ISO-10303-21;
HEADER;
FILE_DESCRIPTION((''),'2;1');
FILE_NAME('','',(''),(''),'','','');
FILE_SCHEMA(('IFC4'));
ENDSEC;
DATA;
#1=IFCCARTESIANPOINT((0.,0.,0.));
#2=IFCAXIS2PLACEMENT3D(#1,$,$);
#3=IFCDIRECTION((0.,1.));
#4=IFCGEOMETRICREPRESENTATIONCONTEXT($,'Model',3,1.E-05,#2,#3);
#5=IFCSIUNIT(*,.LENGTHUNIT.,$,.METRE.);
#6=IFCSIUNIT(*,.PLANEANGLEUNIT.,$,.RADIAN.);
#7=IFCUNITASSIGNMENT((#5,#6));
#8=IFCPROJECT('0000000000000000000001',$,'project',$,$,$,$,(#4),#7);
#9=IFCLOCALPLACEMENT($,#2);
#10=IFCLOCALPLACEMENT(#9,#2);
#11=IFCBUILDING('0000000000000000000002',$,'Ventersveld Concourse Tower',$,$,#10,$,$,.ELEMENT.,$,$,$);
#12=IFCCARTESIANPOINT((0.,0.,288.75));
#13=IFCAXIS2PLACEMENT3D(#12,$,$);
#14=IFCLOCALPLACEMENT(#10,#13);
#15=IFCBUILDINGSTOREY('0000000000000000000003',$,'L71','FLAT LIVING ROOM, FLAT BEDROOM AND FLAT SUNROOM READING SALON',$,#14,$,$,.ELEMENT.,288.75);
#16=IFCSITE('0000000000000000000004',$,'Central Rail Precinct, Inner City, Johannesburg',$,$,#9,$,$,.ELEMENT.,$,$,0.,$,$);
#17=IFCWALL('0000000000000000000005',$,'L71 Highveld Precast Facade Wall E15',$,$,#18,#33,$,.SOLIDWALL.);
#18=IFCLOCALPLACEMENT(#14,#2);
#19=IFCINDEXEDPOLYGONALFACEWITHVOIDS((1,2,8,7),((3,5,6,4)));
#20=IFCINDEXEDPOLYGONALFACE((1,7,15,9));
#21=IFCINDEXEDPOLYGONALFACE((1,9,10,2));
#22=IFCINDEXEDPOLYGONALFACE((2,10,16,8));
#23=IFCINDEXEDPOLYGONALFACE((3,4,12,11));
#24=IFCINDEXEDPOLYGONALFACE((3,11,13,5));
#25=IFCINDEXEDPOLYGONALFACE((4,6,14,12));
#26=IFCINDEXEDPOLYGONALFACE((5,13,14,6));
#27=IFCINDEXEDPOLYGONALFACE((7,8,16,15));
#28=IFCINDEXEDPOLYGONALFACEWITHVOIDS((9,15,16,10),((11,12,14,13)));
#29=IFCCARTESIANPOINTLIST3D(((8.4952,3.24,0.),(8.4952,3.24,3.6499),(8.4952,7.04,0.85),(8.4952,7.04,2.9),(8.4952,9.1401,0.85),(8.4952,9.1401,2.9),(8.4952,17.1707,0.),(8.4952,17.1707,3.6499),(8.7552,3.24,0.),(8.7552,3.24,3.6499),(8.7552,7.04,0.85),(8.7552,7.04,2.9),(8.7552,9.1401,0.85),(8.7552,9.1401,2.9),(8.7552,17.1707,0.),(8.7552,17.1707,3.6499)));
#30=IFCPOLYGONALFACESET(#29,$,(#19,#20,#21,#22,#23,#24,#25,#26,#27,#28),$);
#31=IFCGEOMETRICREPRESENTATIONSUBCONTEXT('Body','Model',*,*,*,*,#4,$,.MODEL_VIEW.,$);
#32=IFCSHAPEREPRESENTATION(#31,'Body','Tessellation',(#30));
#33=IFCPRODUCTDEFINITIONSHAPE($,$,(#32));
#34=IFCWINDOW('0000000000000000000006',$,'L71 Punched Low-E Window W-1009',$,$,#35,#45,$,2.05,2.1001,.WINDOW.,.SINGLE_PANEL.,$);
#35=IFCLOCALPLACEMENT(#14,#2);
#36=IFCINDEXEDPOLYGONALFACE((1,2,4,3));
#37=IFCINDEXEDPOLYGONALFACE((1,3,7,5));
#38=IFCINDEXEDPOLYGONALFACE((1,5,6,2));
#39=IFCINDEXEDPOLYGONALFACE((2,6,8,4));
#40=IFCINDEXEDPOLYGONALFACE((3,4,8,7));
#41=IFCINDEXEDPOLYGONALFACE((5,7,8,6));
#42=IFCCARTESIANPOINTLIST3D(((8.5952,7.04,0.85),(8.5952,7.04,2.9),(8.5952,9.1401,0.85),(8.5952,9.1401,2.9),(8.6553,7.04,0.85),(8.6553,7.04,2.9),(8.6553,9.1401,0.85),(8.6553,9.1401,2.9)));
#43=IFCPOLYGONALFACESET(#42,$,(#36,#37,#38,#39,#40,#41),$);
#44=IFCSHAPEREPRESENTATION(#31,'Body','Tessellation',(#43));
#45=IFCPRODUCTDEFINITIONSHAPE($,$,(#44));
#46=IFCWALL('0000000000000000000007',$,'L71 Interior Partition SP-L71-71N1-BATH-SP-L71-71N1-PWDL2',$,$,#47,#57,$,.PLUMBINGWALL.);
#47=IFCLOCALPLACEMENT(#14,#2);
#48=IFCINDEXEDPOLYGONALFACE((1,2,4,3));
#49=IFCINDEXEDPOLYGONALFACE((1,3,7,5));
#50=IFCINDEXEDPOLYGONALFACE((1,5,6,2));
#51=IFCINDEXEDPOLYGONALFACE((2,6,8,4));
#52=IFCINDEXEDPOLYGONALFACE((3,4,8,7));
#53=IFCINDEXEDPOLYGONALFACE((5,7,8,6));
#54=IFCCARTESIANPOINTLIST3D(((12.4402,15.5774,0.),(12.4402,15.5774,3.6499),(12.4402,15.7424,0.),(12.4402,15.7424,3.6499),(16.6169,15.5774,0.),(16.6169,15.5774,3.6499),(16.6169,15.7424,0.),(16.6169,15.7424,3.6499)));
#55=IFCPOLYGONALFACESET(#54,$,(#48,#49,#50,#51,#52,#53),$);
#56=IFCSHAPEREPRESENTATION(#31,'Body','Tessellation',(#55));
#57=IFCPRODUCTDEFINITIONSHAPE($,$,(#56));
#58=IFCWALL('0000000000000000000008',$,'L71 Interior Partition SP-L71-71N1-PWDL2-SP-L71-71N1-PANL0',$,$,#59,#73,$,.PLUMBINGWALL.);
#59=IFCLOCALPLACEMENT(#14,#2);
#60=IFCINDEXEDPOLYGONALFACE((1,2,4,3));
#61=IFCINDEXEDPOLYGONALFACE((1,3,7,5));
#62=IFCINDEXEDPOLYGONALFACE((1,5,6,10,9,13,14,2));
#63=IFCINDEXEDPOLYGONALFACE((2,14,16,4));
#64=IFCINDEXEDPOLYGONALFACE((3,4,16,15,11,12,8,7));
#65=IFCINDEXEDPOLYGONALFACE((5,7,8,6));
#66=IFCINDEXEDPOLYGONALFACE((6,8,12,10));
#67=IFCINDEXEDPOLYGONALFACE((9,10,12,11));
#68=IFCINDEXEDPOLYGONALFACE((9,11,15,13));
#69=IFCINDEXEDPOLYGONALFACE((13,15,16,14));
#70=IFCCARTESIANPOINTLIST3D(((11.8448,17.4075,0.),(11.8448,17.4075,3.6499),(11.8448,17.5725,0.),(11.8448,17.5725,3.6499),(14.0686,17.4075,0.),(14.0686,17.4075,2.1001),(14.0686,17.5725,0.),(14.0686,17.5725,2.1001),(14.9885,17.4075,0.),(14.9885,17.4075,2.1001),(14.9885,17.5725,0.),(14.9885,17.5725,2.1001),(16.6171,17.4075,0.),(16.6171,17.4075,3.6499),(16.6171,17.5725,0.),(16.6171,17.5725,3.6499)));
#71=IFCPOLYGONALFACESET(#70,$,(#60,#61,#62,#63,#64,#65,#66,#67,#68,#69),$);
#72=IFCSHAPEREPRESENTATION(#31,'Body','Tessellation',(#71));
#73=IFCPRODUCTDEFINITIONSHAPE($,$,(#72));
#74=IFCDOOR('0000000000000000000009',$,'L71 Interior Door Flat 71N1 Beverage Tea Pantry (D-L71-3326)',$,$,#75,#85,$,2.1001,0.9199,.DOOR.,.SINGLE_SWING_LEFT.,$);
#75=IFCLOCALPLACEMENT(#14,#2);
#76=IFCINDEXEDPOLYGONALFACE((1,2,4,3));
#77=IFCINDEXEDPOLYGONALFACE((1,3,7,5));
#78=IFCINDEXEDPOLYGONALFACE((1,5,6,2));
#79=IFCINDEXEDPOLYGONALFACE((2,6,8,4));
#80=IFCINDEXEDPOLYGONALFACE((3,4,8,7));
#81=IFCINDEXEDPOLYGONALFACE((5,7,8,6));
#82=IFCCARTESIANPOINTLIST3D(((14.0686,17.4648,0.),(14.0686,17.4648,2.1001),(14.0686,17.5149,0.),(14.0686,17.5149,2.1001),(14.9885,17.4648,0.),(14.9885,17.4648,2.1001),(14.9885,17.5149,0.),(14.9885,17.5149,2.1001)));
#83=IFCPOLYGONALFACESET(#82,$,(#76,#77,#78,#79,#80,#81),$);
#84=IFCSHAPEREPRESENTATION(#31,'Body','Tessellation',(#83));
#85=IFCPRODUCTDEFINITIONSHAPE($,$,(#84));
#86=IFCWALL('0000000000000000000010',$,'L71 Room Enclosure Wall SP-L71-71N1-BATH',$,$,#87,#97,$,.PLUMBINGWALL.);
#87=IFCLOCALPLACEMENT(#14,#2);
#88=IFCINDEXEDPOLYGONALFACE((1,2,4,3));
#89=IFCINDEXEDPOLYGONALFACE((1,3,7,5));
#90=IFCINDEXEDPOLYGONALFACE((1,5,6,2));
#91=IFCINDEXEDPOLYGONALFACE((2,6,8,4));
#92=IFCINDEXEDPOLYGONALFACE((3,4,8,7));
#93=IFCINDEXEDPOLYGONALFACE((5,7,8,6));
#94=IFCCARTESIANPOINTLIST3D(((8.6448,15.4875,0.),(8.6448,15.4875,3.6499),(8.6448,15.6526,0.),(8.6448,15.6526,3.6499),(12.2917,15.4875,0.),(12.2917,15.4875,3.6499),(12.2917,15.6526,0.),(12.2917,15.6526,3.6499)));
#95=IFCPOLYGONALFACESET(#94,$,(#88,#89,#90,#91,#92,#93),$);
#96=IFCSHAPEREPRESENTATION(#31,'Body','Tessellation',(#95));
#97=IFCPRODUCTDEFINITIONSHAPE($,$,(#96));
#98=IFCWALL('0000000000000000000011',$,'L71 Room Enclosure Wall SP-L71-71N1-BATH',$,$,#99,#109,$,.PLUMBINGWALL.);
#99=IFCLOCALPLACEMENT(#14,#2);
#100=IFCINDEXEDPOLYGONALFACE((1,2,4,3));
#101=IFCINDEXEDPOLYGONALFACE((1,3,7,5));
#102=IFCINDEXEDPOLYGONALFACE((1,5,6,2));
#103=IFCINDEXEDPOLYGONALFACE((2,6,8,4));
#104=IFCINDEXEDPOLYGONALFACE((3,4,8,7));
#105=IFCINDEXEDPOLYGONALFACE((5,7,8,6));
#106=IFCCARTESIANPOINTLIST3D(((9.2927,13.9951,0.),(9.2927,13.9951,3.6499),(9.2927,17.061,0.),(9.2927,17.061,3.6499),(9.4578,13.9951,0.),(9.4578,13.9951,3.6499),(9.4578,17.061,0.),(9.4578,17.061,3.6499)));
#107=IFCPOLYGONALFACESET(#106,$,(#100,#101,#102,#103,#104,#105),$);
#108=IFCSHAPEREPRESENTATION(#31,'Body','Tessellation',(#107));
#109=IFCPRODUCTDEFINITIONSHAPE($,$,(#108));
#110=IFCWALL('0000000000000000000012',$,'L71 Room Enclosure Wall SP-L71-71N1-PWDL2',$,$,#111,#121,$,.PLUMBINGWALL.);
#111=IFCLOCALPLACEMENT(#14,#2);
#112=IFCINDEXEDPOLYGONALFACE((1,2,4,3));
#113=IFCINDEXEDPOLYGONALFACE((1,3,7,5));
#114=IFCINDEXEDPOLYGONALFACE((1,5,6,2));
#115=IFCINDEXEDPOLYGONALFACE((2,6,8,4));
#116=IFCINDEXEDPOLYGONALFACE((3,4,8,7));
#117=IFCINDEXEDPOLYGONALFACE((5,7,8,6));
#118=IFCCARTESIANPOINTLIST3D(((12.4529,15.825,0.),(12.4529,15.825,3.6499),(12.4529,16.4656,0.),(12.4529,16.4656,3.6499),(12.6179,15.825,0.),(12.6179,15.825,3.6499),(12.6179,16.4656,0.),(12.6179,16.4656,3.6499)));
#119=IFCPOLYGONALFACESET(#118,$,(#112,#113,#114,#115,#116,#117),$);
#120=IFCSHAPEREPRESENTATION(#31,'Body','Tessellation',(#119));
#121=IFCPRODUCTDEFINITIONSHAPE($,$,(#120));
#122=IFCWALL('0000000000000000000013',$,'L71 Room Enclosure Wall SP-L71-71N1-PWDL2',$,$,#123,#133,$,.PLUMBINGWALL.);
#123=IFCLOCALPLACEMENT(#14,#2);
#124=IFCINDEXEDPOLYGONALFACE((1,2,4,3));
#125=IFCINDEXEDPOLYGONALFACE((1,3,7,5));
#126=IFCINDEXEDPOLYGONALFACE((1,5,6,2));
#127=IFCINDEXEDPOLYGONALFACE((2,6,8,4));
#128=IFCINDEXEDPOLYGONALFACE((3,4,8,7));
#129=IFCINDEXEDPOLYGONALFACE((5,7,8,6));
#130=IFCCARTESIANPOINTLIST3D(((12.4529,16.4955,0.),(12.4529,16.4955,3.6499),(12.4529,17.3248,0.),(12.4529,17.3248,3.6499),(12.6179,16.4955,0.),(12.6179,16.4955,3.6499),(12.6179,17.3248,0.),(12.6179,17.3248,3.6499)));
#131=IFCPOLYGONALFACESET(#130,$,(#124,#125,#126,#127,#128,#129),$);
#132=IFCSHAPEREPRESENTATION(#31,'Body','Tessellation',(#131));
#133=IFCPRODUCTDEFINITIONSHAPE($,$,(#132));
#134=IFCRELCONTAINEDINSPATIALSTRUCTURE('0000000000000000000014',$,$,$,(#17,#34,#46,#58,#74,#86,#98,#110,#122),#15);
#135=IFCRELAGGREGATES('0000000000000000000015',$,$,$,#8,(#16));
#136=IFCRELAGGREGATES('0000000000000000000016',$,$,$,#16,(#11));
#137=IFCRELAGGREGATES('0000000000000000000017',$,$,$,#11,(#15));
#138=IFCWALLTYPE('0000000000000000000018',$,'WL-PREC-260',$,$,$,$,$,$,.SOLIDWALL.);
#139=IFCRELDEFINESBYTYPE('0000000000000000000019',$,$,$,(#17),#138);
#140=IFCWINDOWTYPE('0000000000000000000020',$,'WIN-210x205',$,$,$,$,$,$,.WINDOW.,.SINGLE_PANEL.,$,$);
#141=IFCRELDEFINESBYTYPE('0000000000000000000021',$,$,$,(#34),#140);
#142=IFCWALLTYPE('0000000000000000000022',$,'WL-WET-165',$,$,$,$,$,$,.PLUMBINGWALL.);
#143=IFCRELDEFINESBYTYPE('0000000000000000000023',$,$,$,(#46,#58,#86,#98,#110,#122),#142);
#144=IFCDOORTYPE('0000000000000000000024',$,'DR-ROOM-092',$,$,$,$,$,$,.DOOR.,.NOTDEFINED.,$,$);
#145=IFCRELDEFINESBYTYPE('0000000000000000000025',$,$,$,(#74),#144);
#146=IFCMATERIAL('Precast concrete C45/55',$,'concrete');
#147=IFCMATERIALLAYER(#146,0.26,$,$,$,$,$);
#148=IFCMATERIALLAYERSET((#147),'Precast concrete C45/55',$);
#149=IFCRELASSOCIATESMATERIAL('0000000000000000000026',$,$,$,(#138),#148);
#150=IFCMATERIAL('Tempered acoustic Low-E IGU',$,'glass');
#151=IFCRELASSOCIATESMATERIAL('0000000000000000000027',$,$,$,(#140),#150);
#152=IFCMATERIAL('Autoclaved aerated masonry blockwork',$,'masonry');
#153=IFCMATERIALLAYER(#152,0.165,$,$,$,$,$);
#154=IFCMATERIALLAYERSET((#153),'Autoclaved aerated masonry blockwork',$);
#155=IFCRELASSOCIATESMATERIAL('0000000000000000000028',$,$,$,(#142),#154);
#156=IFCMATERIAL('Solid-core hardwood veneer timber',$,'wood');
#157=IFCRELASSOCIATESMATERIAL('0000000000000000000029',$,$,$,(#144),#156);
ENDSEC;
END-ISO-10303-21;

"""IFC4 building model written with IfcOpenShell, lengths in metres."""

from ifc_helpers import new_model, si_unit, direction, frame, frame_2d, origin, place, context, subcontext, project, spatial, rectangle, extrude, material, layer, layer_set, type_object, element, fill, save


model = new_model("IFC4")

# Units and contexts
model_context = context("Model", 3, precision=1e-05, world=origin(), true_north=direction((0.0, 1.0)))
body_context = subcontext(model_context, "Body", "Model", "MODEL_VIEW")
ifc_project = project(units=[si_unit("LENGTHUNIT", "METRE"), si_unit("PLANEANGLEUNIT", "RADIAN")], contexts=[model_context])

# Site, building, storey
site_placement = place(None, origin())
site = spatial("IfcSite", under=ifc_project, at=site_placement, Name="Central Rail Precinct, Inner City, Johannesburg", CompositionType="ELEMENT", RefElevation=0.0)
building_placement = place(site_placement, origin())
building = spatial("IfcBuilding", under=site, at=building_placement, Name="Ventersveld Concourse Tower", CompositionType="ELEMENT")
storey_placement = place(building_placement, frame((0.0, 0.0, 288.75)))
storey = spatial("IfcBuildingStorey", under=building, at=storey_placement, Name="L71", Description="FLAT LIVING ROOM, FLAT BEDROOM AND FLAT SUNROOM READING SALON", CompositionType="ELEMENT", Elevation=288.75)

# Shared definitions
ifc_material_1 = material(Name="Solid-core hardwood veneer timber", Category="wood")

# Shared definitions
ifc_material_2 = material(Name="Autoclaved aerated masonry blockwork", Category="masonry")
ifc_material_3 = material(Name="Precast concrete C45/55", Category="concrete")
ifc_layer_1 = layer(ifc_material_3, 0.26)
ifc_layer_set_1 = layer_set([ifc_layer_1], Name="Precast concrete C45/55")
wall_type_1 = type_object("IfcWallType", Name="WL-PREC-260", PredefinedType="SOLIDWALL", material=ifc_layer_set_1)

# Wall, opening, window
wall_1_placement = place(storey_placement, frame((8.6252, 17.1707, 0.0), z_axis=(0.0, 0.0, 1.0), x_axis=(0.0, -1.0, 0.0)))
wall_1 = element("IfcWall", 1, at=wall_1_placement, inside=storey, type_object=wall_type_1, Name="L71 Highveld Precast Facade Wall E15", PredefinedType="SOLIDWALL", context=body_context, shape_type="SweptSolid", body=[
    extrude(rectangle(XDim=13.9307, YDim=0.26, at=frame_2d((6.9653, 0.0))), origin(), (0.0, 0.0, 1.0), 3.6499),
])
opening_1_placement = place(wall_1_placement, frame((8.0305, 0.0, 0.8501)))
opening_1 = element("IfcOpeningElement", 2, at=opening_1_placement, cuts=wall_1, PredefinedType="OPENING", context=body_context, shape_type="SweptSolid", body=[
    extrude(rectangle(XDim=2.1001, YDim=2.05, at=frame_2d((1.05, 1.0249))), frame((0.0, 0.1401, 0.0), z_axis=(0.0, -1.0, 0.0), x_axis=(1.0, 0.0, 0.0)), (0.0, 0.0, 1.0), 0.28),
])
ifc_material_4 = material(Name="Tempered acoustic Low-E IGU", Category="glass")
window_type = type_object("IfcWindowType", Name="WIN-210x205", PartitioningType="SINGLE_PANEL", PredefinedType="WINDOW", material=ifc_material_4)
window_placement = place(opening_1_placement, origin())
window = element("IfcWindow", 3, at=window_placement, inside=storey, type_object=window_type, Name="L71 Punched Low-E Window W-1009", OverallHeight=2.05, OverallWidth=2.1001, PartitioningType="SINGLE_PANEL", PredefinedType="WINDOW", context=body_context, shape_type="SweptSolid", body=[
    extrude(rectangle(XDim=2.1001, YDim=2.05, at=frame_2d((1.05, 1.0249))), frame((0.0, 0.03, 0.0), z_axis=(0.0, -1.0, 0.0), x_axis=(1.0, 0.0, 0.0)), (0.0, 0.0, 1.0), 0.0601),
])
fill(opening_1, window)

# Wall
ifc_layer_2 = layer(ifc_material_2, 0.165)
ifc_layer_set_2 = layer_set([ifc_layer_2], Name="Autoclaved aerated masonry blockwork")
wall_type_2 = type_object("IfcWallType", Name="WL-WET-165", PredefinedType="PLUMBINGWALL", material=ifc_layer_set_2)
wall_2_placement = place(storey_placement, frame((12.4402, 15.6599, 0.0), z_axis=(0.0, 0.0, 1.0), x_axis=(1.0, 0.0, 0.0)))
element("IfcWall", 4, at=wall_2_placement, inside=storey, type_object=wall_type_2, Name="L71 Interior Partition SP-L71-71N1-BATH-SP-L71-71N1-PWDL2", PredefinedType="PLUMBINGWALL", context=body_context, shape_type="SweptSolid", body=[
    extrude(rectangle(XDim=4.1768, YDim=0.165, at=frame_2d((2.0884, 0.0))), origin(), (0.0, 0.0, 1.0), 3.6499),
])

# Wall, opening, door
wall_3_placement = place(storey_placement, frame((11.8447, 17.49, 0.0), z_axis=(0.0, 0.0, 1.0), x_axis=(1.0, 0.0, 0.0)))
wall_3 = element("IfcWall", 5, at=wall_3_placement, inside=storey, type_object=wall_type_2, Name="L71 Interior Partition SP-L71-71N1-PWDL2-SP-L71-71N1-PANL0", PredefinedType="PLUMBINGWALL", context=body_context, shape_type="SweptSolid", body=[
    extrude(rectangle(XDim=4.7722, YDim=0.165, at=frame_2d((2.3862, 0.0))), origin(), (0.0, 0.0, 1.0), 3.6499),
])
opening_2_placement = place(wall_3_placement, frame((2.2239, 0.0, 0.0)))
opening_2 = element("IfcOpeningElement", 6, at=opening_2_placement, cuts=wall_3, PredefinedType="OPENING", context=body_context, shape_type="SweptSolid", body=[
    extrude(rectangle(XDim=0.9199, YDim=2.1001, at=frame_2d((0.46, 1.05))), frame((0.0, 0.0925, 0.0), z_axis=(0.0, -1.0, 0.0), x_axis=(1.0, 0.0, 0.0)), (0.0, 0.0, 1.0), 0.1851),
])
door_type_1 = type_object("IfcDoorType", Name="DR-ROOM-092", OperationType="NOTDEFINED", PredefinedType="DOOR", material=ifc_material_1)
door_1_placement = place(opening_2_placement, origin())
door_1 = element("IfcDoor", 7, at=door_1_placement, inside=storey, type_object=door_type_1, Name="L71 Interior Door Flat 71N1 Beverage Tea Pantry (D-L71-3326)", OperationType="SINGLE_SWING_LEFT", OverallHeight=2.1001, OverallWidth=0.9199, PredefinedType="DOOR", context=body_context, shape_type="SweptSolid", body=[
    extrude(rectangle(XDim=0.9199, YDim=2.1001, at=frame_2d((0.46, 1.05))), frame((0.0, 0.0249, 0.0), z_axis=(0.0, -1.0, 0.0), x_axis=(1.0, 0.0, 0.0)), (0.0, 0.0, 1.0), 0.05),
])
fill(opening_2, door_1)

# Walls
wall_4_placement = place(storey_placement, frame((8.6448, 15.5701, 0.0), z_axis=(0.0, 0.0, 1.0), x_axis=(1.0, 0.0, 0.0)))
element("IfcWall", 8, at=wall_4_placement, inside=storey, type_object=wall_type_2, Name="L71 Room Enclosure Wall SP-L71-71N1-BATH", PredefinedType="PLUMBINGWALL", context=body_context, shape_type="SweptSolid", body=[
    extrude(rectangle(XDim=3.647, YDim=0.165, at=frame_2d((1.8235, 0.0))), origin(), (0.0, 0.0, 1.0), 3.6499),
])
wall_5_placement = place(storey_placement, frame((9.3752, 13.9951, 0.0), z_axis=(0.0, 0.0, 1.0), x_axis=(0.0, 1.0, 0.0)))
element("IfcWall", 9, at=wall_5_placement, inside=storey, type_object=wall_type_2, Name="L71 Room Enclosure Wall SP-L71-71N1-BATH", PredefinedType="PLUMBINGWALL", context=body_context, shape_type="SweptSolid", body=[
    extrude(rectangle(XDim=3.0659, YDim=0.165, at=frame_2d((1.533, 0.0))), origin(), (0.0, 0.0, 1.0), 3.6499),
])
wall_6_placement = place(storey_placement, frame((12.5354, 15.825, 0.0), z_axis=(0.0, 0.0, 1.0), x_axis=(0.0, 1.0, 0.0)))
element("IfcWall", 10, at=wall_6_placement, inside=storey, type_object=wall_type_2, Name="L71 Room Enclosure Wall SP-L71-71N1-PWDL2", PredefinedType="PLUMBINGWALL", context=body_context, shape_type="SweptSolid", body=[
    extrude(rectangle(XDim=0.6406, YDim=0.165, at=frame_2d((0.3203, 0.0))), origin(), (0.0, 0.0, 1.0), 3.6499),
])
wall_7_placement = place(storey_placement, frame((12.5354, 16.4956, 0.0), z_axis=(0.0, 0.0, 1.0), x_axis=(0.0, 1.0, 0.0)))
element("IfcWall", 11, at=wall_7_placement, inside=storey, type_object=wall_type_2, Name="L71 Room Enclosure Wall SP-L71-71N1-PWDL2", PredefinedType="PLUMBINGWALL", context=body_context, shape_type="SweptSolid", body=[
    extrude(rectangle(XDim=0.8293, YDim=0.165, at=frame_2d((0.4146, 0.0))), origin(), (0.0, 0.0, 1.0), 3.6499),
])

save(model, "model.ifc")
